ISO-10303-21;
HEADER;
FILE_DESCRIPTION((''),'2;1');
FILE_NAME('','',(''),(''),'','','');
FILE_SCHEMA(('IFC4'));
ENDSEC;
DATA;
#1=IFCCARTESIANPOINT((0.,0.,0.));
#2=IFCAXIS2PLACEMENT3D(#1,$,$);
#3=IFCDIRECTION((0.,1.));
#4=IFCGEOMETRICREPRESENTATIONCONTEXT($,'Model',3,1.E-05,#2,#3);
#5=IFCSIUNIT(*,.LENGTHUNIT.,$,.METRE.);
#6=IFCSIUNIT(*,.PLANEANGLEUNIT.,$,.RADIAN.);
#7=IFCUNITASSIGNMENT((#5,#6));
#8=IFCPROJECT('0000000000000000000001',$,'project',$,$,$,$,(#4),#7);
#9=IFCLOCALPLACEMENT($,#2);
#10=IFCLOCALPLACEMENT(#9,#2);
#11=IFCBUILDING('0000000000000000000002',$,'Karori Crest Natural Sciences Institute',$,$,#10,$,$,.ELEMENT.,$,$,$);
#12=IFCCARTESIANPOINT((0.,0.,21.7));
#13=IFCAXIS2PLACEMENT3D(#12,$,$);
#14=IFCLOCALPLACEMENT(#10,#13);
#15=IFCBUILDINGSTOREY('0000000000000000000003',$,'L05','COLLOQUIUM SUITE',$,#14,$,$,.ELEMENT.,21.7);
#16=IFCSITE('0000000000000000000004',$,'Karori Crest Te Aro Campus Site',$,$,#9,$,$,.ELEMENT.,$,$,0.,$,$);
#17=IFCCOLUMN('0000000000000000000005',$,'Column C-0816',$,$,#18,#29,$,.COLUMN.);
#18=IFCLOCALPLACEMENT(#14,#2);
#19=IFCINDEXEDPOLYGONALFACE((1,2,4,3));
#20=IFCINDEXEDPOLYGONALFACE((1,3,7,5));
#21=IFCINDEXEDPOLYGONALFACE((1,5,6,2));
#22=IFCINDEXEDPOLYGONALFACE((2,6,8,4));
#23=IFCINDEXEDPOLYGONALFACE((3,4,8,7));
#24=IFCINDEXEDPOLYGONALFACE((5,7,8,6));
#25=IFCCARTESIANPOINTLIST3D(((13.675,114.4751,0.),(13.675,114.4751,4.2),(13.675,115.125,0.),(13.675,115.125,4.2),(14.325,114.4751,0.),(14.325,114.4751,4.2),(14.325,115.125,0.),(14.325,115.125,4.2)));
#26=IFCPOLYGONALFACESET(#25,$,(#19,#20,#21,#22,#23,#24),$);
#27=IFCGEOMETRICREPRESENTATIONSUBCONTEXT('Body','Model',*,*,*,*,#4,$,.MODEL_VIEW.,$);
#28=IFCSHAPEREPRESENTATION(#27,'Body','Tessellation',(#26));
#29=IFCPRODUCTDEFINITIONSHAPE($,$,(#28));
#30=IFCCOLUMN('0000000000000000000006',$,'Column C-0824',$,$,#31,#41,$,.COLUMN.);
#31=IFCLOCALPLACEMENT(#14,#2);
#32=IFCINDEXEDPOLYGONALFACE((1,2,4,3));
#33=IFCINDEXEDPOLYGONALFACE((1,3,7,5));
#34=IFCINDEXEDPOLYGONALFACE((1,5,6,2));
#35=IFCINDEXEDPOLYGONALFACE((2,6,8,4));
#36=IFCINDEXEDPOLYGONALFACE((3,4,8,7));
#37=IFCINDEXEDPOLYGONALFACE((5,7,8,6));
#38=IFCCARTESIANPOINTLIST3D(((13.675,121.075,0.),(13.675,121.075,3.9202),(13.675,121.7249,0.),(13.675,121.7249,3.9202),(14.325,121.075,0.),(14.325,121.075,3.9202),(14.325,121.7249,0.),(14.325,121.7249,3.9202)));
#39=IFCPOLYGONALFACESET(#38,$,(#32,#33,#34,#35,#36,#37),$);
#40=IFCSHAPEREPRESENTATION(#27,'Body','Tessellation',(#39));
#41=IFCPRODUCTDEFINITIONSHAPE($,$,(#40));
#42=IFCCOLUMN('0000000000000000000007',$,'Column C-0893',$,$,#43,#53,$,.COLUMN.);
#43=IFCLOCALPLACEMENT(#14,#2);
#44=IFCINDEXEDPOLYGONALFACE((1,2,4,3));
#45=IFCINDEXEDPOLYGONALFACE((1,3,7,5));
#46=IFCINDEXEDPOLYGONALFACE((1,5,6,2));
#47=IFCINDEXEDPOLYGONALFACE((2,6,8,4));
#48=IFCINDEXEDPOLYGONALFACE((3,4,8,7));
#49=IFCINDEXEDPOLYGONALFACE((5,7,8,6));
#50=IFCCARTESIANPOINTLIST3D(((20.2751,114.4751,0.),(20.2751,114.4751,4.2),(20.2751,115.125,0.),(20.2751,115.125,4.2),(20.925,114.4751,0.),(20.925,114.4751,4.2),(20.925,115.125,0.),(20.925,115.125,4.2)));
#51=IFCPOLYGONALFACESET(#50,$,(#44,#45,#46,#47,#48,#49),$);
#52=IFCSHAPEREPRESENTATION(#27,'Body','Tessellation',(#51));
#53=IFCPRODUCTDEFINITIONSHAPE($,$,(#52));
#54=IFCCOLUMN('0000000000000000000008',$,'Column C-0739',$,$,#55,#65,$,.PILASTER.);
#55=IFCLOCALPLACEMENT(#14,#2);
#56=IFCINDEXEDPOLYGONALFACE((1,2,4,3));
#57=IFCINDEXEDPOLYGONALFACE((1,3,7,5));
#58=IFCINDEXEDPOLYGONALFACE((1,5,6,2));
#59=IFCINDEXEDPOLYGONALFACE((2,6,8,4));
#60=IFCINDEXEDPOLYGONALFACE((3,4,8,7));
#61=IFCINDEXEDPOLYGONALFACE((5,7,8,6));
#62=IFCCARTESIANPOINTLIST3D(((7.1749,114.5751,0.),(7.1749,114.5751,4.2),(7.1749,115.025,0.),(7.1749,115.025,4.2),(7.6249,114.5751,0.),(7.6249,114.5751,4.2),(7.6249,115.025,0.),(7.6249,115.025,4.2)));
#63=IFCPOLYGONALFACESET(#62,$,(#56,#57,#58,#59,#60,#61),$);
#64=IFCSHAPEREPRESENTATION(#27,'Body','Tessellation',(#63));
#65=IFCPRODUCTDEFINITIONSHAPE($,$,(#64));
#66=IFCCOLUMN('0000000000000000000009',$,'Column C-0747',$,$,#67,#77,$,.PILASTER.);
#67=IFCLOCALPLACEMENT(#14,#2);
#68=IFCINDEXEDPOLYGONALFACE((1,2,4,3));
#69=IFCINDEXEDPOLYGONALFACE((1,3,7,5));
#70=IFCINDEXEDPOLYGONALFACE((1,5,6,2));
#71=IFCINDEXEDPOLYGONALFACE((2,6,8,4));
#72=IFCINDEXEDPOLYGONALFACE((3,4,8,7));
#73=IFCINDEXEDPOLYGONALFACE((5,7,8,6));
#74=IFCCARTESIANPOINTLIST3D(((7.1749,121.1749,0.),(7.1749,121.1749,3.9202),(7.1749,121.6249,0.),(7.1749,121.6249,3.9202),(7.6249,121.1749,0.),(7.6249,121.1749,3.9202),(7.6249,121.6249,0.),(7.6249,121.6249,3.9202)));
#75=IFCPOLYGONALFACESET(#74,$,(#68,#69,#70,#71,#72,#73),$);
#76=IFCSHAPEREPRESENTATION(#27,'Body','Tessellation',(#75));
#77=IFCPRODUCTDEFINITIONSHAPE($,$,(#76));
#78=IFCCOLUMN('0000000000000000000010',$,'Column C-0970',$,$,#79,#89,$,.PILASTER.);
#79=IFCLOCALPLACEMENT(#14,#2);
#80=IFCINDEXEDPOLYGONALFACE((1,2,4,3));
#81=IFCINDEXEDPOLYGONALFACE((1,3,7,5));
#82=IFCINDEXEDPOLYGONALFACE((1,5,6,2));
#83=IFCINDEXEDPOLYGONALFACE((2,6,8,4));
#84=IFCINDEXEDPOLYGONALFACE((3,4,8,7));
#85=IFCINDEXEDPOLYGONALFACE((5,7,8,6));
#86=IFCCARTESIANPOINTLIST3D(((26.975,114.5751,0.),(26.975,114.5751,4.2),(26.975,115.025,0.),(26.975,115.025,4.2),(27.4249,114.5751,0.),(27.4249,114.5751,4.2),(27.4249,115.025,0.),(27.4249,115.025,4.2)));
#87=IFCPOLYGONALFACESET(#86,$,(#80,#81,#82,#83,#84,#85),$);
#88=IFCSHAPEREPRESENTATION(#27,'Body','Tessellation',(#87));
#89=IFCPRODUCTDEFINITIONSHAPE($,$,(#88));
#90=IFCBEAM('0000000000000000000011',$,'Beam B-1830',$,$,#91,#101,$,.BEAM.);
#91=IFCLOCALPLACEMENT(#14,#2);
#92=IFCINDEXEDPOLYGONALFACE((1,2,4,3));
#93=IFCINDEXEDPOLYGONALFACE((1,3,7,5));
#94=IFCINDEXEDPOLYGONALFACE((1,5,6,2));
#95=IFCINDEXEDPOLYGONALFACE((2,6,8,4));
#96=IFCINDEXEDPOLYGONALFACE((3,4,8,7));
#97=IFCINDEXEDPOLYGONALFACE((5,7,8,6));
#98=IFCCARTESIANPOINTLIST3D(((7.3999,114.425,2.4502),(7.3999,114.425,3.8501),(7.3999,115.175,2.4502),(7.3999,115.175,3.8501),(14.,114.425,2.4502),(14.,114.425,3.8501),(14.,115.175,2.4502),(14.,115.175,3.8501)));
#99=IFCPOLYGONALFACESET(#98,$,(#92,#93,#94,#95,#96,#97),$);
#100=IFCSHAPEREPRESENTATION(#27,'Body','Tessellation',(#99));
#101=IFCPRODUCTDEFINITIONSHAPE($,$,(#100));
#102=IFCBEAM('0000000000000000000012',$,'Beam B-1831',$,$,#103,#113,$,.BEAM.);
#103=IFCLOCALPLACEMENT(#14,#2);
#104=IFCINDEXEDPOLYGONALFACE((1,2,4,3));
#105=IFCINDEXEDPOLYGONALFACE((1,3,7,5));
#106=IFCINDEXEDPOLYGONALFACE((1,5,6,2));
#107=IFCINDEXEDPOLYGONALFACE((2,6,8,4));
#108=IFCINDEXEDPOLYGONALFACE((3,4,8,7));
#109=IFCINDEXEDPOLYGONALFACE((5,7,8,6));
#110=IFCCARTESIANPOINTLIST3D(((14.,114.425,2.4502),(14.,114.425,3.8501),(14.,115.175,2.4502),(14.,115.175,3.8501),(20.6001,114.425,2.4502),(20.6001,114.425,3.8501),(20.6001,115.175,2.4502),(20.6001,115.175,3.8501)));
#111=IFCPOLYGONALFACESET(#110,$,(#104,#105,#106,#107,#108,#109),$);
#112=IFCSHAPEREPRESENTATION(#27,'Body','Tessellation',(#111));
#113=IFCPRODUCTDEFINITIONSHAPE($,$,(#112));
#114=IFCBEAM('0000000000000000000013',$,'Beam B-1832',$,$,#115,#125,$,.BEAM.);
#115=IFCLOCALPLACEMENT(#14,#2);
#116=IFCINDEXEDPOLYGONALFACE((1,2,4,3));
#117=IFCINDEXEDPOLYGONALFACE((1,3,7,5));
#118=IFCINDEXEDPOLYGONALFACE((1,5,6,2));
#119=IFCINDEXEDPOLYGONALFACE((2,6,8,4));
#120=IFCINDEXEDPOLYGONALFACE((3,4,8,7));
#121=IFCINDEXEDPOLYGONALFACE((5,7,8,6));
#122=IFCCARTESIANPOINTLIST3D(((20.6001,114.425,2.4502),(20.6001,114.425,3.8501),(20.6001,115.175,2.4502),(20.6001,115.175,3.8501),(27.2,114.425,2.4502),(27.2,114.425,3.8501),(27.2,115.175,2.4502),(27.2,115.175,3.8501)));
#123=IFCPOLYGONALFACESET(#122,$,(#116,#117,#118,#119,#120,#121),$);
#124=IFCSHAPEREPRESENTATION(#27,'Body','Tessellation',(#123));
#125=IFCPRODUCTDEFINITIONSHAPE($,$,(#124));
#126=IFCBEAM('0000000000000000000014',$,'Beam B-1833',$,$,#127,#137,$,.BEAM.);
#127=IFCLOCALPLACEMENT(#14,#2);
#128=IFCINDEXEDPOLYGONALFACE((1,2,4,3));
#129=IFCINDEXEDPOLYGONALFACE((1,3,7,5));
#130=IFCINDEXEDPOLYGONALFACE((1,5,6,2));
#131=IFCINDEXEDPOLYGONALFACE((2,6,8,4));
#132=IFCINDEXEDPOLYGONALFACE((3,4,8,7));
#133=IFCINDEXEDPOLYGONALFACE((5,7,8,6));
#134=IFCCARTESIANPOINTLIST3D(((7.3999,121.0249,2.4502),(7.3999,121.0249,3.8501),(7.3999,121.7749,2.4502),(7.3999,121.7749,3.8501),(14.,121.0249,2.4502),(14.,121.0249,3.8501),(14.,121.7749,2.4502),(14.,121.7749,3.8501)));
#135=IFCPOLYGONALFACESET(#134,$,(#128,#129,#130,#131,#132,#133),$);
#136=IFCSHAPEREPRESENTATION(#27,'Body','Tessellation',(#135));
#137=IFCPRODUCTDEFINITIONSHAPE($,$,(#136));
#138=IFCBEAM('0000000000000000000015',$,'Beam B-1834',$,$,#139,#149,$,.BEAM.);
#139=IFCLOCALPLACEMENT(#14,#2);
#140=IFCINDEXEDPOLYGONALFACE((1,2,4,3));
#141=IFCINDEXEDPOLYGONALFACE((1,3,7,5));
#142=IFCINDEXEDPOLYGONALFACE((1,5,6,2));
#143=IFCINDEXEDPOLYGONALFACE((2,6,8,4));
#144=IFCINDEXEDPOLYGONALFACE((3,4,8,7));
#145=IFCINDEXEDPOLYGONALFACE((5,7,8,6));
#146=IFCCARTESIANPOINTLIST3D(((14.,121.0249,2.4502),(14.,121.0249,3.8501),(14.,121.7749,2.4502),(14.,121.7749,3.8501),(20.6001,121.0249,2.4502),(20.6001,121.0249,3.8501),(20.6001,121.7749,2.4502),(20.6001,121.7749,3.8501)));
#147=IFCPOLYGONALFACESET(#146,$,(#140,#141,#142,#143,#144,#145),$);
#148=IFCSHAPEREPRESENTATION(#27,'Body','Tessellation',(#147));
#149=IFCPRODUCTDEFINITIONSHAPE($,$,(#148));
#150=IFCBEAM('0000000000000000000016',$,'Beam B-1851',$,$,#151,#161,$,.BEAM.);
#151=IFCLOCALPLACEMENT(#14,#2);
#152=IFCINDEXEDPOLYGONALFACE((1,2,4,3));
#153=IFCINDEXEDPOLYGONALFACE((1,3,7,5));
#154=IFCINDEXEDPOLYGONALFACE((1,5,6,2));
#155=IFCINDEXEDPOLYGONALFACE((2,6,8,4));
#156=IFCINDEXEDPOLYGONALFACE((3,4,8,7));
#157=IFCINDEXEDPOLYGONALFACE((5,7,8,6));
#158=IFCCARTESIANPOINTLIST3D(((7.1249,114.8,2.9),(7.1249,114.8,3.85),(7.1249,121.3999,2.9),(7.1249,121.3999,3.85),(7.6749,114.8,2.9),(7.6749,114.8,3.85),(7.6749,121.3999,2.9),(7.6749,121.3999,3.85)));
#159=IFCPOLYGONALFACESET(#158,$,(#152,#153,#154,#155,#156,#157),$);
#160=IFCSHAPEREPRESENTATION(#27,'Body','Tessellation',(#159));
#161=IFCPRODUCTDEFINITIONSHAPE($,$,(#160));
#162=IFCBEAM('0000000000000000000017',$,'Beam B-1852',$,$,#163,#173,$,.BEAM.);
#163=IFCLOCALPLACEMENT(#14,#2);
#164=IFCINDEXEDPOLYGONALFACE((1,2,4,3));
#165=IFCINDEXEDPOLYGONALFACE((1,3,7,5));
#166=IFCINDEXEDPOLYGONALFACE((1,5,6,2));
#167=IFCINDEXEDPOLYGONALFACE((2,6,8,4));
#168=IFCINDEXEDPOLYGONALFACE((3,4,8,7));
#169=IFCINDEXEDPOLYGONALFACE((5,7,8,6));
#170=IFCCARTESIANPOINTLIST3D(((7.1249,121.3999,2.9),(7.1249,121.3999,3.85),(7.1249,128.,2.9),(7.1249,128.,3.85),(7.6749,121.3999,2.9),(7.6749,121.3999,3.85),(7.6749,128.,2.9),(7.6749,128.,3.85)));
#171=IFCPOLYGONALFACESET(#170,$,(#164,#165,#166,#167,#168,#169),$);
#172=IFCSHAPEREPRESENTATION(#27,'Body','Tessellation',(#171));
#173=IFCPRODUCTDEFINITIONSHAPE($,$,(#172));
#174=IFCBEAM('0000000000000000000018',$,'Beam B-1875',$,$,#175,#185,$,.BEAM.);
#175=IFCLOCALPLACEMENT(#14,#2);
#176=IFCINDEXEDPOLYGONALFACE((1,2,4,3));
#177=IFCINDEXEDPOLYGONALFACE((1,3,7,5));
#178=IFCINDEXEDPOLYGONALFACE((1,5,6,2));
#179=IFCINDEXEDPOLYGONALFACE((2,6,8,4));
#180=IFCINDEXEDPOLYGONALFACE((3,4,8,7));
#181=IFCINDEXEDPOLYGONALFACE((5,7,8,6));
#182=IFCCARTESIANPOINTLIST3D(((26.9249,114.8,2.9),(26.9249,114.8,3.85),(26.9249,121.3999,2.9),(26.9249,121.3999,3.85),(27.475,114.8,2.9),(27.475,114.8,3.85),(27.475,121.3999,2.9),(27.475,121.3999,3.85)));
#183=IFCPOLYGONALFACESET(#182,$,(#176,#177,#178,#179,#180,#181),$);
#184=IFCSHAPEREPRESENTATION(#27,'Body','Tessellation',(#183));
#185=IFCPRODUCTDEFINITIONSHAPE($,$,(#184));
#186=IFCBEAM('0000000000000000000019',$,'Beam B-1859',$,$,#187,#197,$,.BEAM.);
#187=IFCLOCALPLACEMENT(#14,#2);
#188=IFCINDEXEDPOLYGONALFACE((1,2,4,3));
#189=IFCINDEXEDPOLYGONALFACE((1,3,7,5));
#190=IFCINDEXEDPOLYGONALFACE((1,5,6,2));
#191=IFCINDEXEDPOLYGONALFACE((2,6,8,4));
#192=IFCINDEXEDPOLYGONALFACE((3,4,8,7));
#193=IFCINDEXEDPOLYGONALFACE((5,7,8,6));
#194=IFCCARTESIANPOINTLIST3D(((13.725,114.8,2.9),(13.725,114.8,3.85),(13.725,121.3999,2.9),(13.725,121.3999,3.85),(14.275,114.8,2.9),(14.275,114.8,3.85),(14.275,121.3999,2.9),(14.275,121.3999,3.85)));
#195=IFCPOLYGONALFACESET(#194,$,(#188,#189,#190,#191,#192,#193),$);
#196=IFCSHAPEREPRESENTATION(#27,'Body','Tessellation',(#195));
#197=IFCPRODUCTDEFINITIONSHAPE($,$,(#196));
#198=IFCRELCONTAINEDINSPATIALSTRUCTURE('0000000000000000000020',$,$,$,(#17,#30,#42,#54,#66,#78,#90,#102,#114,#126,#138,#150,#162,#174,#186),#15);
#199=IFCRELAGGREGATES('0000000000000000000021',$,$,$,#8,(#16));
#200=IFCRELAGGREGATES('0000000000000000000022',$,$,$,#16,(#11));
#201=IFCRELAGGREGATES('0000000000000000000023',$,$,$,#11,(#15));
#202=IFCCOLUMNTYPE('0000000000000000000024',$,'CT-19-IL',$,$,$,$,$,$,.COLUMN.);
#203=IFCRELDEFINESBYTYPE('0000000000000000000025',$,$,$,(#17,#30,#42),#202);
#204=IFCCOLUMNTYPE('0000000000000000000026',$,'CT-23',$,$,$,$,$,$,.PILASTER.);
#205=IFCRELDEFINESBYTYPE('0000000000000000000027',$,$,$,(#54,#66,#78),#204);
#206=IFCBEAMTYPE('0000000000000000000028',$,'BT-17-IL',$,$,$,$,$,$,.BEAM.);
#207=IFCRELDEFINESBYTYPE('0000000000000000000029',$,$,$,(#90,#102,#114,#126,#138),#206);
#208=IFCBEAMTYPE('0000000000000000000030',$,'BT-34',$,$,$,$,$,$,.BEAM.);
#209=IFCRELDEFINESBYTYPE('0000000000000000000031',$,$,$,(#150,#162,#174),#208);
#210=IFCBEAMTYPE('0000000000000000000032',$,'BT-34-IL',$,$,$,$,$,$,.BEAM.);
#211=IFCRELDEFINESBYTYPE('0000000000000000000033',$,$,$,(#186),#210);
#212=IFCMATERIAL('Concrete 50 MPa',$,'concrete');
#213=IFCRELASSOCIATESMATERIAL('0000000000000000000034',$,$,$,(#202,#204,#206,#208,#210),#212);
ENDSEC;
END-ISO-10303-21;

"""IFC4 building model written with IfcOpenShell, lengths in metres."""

from ifc_helpers import new_model, si_unit, direction, frame, origin, origin_2d, place, context, subcontext, project, spatial, rectangle, extrude, material, material_profile, profile_set, type_object, element, save


model = new_model("IFC4")

# Units and contexts
model_context = context("Model", 3, precision=1e-05, world=origin(), true_north=direction((0.0, 1.0)))
body_context = subcontext(model_context, "Body", "Model", "MODEL_VIEW")
ifc_project = project(units=[si_unit("LENGTHUNIT", "METRE"), si_unit("PLANEANGLEUNIT", "RADIAN")], contexts=[model_context])

# Site, building, storey
site_placement = place(None, origin())
site = spatial("IfcSite", under=ifc_project, at=site_placement, Name="Karori Crest Te Aro Campus Site", CompositionType="ELEMENT", RefElevation=0.0)
building_placement = place(site_placement, origin())
building = spatial("IfcBuilding", under=site, at=building_placement, Name="Karori Crest Natural Sciences Institute", CompositionType="ELEMENT")
storey_placement = place(building_placement, frame((0.0, 0.0, 21.7)))
storey = spatial("IfcBuildingStorey", under=building, at=storey_placement, Name="L05", Description="COLLOQUIUM SUITE", CompositionType="ELEMENT", Elevation=21.7)

# Columns
ifc_material_1 = material(Name="Concrete 50 MPa", Category="concrete")
ifc_material_profile_1 = material_profile(ifc_material_1, rectangle(XDim=0.6499, YDim=0.6499, at=origin_2d()), Name="RC650x650")
ifc_profile_set_1 = profile_set([ifc_material_profile_1], Name="Concrete 50 MPa")
column_type_1 = type_object("IfcColumnType", Name="CT-19-IL", PredefinedType="COLUMN", material=ifc_profile_set_1)
column_1_placement = place(storey_placement, frame((14.0, 114.8, 0.0), z_axis=(0.0, 0.0, 1.0), x_axis=(1.0, 0.0, 0.0)))
element("IfcColumn", 1, at=column_1_placement, inside=storey, type_object=column_type_1, Name="Column C-0816", PredefinedType="COLUMN", context=body_context, shape_type="SweptSolid", body=[
    extrude(rectangle(XDim=0.6499, YDim=0.6499, at=origin_2d()), origin(), (0.0, 0.0, 1.0), 4.2),
])
column_2_placement = place(storey_placement, frame((14.0, 121.3999, 0.0), z_axis=(0.0, 0.0, 1.0), x_axis=(1.0, 0.0, 0.0)))
element("IfcColumn", 2, at=column_2_placement, inside=storey, type_object=column_type_1, Name="Column C-0824", PredefinedType="COLUMN", context=body_context, shape_type="SweptSolid", body=[
    extrude(rectangle(XDim=0.6499, YDim=0.6499, at=origin_2d()), origin(), (0.0, 0.0, 1.0), 3.9202),
])
column_3_placement = place(storey_placement, frame((20.6001, 114.8, 0.0), z_axis=(0.0, 0.0, 1.0), x_axis=(1.0, 0.0, 0.0)))
element("IfcColumn", 3, at=column_3_placement, inside=storey, type_object=column_type_1, Name="Column C-0893", PredefinedType="COLUMN", context=body_context, shape_type="SweptSolid", body=[
    extrude(rectangle(XDim=0.6499, YDim=0.6499, at=origin_2d()), origin(), (0.0, 0.0, 1.0), 4.2),
])
ifc_material_profile_2 = material_profile(ifc_material_1, rectangle(XDim=0.45, YDim=0.45, at=origin_2d()), Name="RC450x450")
ifc_profile_set_2 = profile_set([ifc_material_profile_2], Name="Concrete 50 MPa")
column_type_2 = type_object("IfcColumnType", Name="CT-23", PredefinedType="PILASTER", material=ifc_profile_set_2)
column_4_placement = place(storey_placement, frame((7.3999, 114.8, 0.0), z_axis=(0.0, 0.0, 1.0), x_axis=(1.0, 0.0, 0.0)))
element("IfcColumn", 4, at=column_4_placement, inside=storey, type_object=column_type_2, Name="Column C-0739", PredefinedType="PILASTER", context=body_context, shape_type="SweptSolid", body=[
    extrude(rectangle(XDim=0.45, YDim=0.45, at=origin_2d()), origin(), (0.0, 0.0, 1.0), 4.2),
])
column_5_placement = place(storey_placement, frame((7.3999, 121.3999, 0.0), z_axis=(0.0, 0.0, 1.0), x_axis=(1.0, 0.0, 0.0)))
element("IfcColumn", 5, at=column_5_placement, inside=storey, type_object=column_type_2, Name="Column C-0747", PredefinedType="PILASTER", context=body_context, shape_type="SweptSolid", body=[
    extrude(rectangle(XDim=0.45, YDim=0.45, at=origin_2d()), origin(), (0.0, 0.0, 1.0), 3.9202),
])
column_6_placement = place(storey_placement, frame((27.2, 114.8, 0.0), z_axis=(0.0, 0.0, 1.0), x_axis=(1.0, 0.0, 0.0)))
element("IfcColumn", 6, at=column_6_placement, inside=storey, type_object=column_type_2, Name="Column C-0970", PredefinedType="PILASTER", context=body_context, shape_type="SweptSolid", body=[
    extrude(rectangle(XDim=0.45, YDim=0.45, at=origin_2d()), origin(), (0.0, 0.0, 1.0), 4.2),
])

# Beams
ifc_material_profile_3 = material_profile(ifc_material_1, rectangle(XDim=0.75, YDim=1.3999, at=origin_2d()), Name="RCB750x1400")
ifc_profile_set_3 = profile_set([ifc_material_profile_3], Name="Concrete 50 MPa")
beam_type_1 = type_object("IfcBeamType", Name="BT-17-IL", PredefinedType="BEAM", material=ifc_profile_set_3)
for number, where, z_axis, x_axis, name in (
    (7, (7.3999, 114.8, 3.1501), (1.0, 0.0, 0.0), (0.0, 1.0, 0.0), "Beam B-1830"),
    (8, (14.0, 114.8, 3.1501), (1.0, 0.0, 0.0), (0.0, 1.0, 0.0), "Beam B-1831"),
):
    element("IfcBeam", number, at=place(storey_placement, frame(where, z_axis=z_axis, x_axis=x_axis)), inside=storey, type_object=beam_type_1, Name=name, PredefinedType="BEAM", context=body_context, shape_type="SweptSolid", body=[
        extrude(rectangle(XDim=0.75, YDim=1.3999, at=origin_2d()), origin(), (0.0, 0.0, 1.0), 6.6001),
    ])
beam_1_placement = place(storey_placement, frame((20.6001, 114.8, 3.1501), z_axis=(1.0, 0.0, 0.0), x_axis=(0.0, 1.0, 0.0)))
element("IfcBeam", 9, at=beam_1_placement, inside=storey, type_object=beam_type_1, Name="Beam B-1832", PredefinedType="BEAM", context=body_context, shape_type="SweptSolid", body=[
    extrude(rectangle(XDim=0.75, YDim=1.3999, at=origin_2d()), origin(), (0.0, 0.0, 1.0), 6.5999),
])
for number, where, z_axis, x_axis, name in (
    (10, (7.3999, 121.3999, 3.1501), (1.0, 0.0, 0.0), (0.0, 1.0, 0.0), "Beam B-1833"),
    (11, (14.0, 121.3999, 3.1501), (1.0, 0.0, 0.0), (0.0, 1.0, 0.0), "Beam B-1834"),
):
    element("IfcBeam", number, at=place(storey_placement, frame(where, z_axis=z_axis, x_axis=x_axis)), inside=storey, type_object=beam_type_1, Name=name, PredefinedType="BEAM", context=body_context, shape_type="SweptSolid", body=[
        extrude(rectangle(XDim=0.75, YDim=1.3999, at=origin_2d()), origin(), (0.0, 0.0, 1.0), 6.6001),
    ])
ifc_material_profile_4 = material_profile(ifc_material_1, rectangle(XDim=0.55, YDim=0.95, at=origin_2d()), Name="RCB550x950")
ifc_profile_set_4 = profile_set([ifc_material_profile_4], Name="Concrete 50 MPa")
beam_type_2 = type_object("IfcBeamType", Name="BT-34", PredefinedType="BEAM", material=ifc_profile_set_4)
beam_2_placement = place(storey_placement, frame((7.3999, 114.8, 3.375), z_axis=(0.0, 1.0, 0.0), x_axis=(-1.0, 0.0, 0.0)))
element("IfcBeam", 12, at=beam_2_placement, inside=storey, type_object=beam_type_2, Name="Beam B-1851", PredefinedType="BEAM", context=body_context, shape_type="SweptSolid", body=[
    extrude(rectangle(XDim=0.55, YDim=0.95, at=origin_2d()), origin(), (0.0, 0.0, 1.0), 6.5999),
])
beam_3_placement = place(storey_placement, frame((7.3999, 121.3999, 3.375), z_axis=(0.0, 1.0, 0.0), x_axis=(-1.0, 0.0, 0.0)))
element("IfcBeam", 13, at=beam_3_placement, inside=storey, type_object=beam_type_2, Name="Beam B-1852", PredefinedType="BEAM", context=body_context, shape_type="SweptSolid", body=[
    extrude(rectangle(XDim=0.55, YDim=0.95, at=origin_2d()), origin(), (0.0, 0.0, 1.0), 6.6001),
])
beam_4_placement = place(storey_placement, frame((27.2, 114.8, 3.375), z_axis=(0.0, 1.0, 0.0), x_axis=(-1.0, 0.0, 0.0)))
element("IfcBeam", 14, at=beam_4_placement, inside=storey, type_object=beam_type_2, Name="Beam B-1875", PredefinedType="BEAM", context=body_context, shape_type="SweptSolid", body=[
    extrude(rectangle(XDim=0.55, YDim=0.95, at=origin_2d()), origin(), (0.0, 0.0, 1.0), 6.5999),
])
ifc_material_profile_5 = material_profile(ifc_material_1, rectangle(XDim=0.55, YDim=0.95, at=origin_2d()), Name="RCB550x950")
ifc_profile_set_5 = profile_set([ifc_material_profile_5], Name="Concrete 50 MPa")
beam_type_3 = type_object("IfcBeamType", Name="BT-34-IL", PredefinedType="BEAM", material=ifc_profile_set_5)
beam_5_placement = place(storey_placement, frame((14.0, 114.8, 3.375), z_axis=(0.0, 1.0, 0.0), x_axis=(-1.0, 0.0, 0.0)))
element("IfcBeam", 15, at=beam_5_placement, inside=storey, type_object=beam_type_3, Name="Beam B-1859", PredefinedType="BEAM", context=body_context, shape_type="SweptSolid", body=[
    extrude(rectangle(XDim=0.55, YDim=0.95, at=origin_2d()), origin(), (0.0, 0.0, 1.0), 6.5999),
])

save(model, "model.ifc")
